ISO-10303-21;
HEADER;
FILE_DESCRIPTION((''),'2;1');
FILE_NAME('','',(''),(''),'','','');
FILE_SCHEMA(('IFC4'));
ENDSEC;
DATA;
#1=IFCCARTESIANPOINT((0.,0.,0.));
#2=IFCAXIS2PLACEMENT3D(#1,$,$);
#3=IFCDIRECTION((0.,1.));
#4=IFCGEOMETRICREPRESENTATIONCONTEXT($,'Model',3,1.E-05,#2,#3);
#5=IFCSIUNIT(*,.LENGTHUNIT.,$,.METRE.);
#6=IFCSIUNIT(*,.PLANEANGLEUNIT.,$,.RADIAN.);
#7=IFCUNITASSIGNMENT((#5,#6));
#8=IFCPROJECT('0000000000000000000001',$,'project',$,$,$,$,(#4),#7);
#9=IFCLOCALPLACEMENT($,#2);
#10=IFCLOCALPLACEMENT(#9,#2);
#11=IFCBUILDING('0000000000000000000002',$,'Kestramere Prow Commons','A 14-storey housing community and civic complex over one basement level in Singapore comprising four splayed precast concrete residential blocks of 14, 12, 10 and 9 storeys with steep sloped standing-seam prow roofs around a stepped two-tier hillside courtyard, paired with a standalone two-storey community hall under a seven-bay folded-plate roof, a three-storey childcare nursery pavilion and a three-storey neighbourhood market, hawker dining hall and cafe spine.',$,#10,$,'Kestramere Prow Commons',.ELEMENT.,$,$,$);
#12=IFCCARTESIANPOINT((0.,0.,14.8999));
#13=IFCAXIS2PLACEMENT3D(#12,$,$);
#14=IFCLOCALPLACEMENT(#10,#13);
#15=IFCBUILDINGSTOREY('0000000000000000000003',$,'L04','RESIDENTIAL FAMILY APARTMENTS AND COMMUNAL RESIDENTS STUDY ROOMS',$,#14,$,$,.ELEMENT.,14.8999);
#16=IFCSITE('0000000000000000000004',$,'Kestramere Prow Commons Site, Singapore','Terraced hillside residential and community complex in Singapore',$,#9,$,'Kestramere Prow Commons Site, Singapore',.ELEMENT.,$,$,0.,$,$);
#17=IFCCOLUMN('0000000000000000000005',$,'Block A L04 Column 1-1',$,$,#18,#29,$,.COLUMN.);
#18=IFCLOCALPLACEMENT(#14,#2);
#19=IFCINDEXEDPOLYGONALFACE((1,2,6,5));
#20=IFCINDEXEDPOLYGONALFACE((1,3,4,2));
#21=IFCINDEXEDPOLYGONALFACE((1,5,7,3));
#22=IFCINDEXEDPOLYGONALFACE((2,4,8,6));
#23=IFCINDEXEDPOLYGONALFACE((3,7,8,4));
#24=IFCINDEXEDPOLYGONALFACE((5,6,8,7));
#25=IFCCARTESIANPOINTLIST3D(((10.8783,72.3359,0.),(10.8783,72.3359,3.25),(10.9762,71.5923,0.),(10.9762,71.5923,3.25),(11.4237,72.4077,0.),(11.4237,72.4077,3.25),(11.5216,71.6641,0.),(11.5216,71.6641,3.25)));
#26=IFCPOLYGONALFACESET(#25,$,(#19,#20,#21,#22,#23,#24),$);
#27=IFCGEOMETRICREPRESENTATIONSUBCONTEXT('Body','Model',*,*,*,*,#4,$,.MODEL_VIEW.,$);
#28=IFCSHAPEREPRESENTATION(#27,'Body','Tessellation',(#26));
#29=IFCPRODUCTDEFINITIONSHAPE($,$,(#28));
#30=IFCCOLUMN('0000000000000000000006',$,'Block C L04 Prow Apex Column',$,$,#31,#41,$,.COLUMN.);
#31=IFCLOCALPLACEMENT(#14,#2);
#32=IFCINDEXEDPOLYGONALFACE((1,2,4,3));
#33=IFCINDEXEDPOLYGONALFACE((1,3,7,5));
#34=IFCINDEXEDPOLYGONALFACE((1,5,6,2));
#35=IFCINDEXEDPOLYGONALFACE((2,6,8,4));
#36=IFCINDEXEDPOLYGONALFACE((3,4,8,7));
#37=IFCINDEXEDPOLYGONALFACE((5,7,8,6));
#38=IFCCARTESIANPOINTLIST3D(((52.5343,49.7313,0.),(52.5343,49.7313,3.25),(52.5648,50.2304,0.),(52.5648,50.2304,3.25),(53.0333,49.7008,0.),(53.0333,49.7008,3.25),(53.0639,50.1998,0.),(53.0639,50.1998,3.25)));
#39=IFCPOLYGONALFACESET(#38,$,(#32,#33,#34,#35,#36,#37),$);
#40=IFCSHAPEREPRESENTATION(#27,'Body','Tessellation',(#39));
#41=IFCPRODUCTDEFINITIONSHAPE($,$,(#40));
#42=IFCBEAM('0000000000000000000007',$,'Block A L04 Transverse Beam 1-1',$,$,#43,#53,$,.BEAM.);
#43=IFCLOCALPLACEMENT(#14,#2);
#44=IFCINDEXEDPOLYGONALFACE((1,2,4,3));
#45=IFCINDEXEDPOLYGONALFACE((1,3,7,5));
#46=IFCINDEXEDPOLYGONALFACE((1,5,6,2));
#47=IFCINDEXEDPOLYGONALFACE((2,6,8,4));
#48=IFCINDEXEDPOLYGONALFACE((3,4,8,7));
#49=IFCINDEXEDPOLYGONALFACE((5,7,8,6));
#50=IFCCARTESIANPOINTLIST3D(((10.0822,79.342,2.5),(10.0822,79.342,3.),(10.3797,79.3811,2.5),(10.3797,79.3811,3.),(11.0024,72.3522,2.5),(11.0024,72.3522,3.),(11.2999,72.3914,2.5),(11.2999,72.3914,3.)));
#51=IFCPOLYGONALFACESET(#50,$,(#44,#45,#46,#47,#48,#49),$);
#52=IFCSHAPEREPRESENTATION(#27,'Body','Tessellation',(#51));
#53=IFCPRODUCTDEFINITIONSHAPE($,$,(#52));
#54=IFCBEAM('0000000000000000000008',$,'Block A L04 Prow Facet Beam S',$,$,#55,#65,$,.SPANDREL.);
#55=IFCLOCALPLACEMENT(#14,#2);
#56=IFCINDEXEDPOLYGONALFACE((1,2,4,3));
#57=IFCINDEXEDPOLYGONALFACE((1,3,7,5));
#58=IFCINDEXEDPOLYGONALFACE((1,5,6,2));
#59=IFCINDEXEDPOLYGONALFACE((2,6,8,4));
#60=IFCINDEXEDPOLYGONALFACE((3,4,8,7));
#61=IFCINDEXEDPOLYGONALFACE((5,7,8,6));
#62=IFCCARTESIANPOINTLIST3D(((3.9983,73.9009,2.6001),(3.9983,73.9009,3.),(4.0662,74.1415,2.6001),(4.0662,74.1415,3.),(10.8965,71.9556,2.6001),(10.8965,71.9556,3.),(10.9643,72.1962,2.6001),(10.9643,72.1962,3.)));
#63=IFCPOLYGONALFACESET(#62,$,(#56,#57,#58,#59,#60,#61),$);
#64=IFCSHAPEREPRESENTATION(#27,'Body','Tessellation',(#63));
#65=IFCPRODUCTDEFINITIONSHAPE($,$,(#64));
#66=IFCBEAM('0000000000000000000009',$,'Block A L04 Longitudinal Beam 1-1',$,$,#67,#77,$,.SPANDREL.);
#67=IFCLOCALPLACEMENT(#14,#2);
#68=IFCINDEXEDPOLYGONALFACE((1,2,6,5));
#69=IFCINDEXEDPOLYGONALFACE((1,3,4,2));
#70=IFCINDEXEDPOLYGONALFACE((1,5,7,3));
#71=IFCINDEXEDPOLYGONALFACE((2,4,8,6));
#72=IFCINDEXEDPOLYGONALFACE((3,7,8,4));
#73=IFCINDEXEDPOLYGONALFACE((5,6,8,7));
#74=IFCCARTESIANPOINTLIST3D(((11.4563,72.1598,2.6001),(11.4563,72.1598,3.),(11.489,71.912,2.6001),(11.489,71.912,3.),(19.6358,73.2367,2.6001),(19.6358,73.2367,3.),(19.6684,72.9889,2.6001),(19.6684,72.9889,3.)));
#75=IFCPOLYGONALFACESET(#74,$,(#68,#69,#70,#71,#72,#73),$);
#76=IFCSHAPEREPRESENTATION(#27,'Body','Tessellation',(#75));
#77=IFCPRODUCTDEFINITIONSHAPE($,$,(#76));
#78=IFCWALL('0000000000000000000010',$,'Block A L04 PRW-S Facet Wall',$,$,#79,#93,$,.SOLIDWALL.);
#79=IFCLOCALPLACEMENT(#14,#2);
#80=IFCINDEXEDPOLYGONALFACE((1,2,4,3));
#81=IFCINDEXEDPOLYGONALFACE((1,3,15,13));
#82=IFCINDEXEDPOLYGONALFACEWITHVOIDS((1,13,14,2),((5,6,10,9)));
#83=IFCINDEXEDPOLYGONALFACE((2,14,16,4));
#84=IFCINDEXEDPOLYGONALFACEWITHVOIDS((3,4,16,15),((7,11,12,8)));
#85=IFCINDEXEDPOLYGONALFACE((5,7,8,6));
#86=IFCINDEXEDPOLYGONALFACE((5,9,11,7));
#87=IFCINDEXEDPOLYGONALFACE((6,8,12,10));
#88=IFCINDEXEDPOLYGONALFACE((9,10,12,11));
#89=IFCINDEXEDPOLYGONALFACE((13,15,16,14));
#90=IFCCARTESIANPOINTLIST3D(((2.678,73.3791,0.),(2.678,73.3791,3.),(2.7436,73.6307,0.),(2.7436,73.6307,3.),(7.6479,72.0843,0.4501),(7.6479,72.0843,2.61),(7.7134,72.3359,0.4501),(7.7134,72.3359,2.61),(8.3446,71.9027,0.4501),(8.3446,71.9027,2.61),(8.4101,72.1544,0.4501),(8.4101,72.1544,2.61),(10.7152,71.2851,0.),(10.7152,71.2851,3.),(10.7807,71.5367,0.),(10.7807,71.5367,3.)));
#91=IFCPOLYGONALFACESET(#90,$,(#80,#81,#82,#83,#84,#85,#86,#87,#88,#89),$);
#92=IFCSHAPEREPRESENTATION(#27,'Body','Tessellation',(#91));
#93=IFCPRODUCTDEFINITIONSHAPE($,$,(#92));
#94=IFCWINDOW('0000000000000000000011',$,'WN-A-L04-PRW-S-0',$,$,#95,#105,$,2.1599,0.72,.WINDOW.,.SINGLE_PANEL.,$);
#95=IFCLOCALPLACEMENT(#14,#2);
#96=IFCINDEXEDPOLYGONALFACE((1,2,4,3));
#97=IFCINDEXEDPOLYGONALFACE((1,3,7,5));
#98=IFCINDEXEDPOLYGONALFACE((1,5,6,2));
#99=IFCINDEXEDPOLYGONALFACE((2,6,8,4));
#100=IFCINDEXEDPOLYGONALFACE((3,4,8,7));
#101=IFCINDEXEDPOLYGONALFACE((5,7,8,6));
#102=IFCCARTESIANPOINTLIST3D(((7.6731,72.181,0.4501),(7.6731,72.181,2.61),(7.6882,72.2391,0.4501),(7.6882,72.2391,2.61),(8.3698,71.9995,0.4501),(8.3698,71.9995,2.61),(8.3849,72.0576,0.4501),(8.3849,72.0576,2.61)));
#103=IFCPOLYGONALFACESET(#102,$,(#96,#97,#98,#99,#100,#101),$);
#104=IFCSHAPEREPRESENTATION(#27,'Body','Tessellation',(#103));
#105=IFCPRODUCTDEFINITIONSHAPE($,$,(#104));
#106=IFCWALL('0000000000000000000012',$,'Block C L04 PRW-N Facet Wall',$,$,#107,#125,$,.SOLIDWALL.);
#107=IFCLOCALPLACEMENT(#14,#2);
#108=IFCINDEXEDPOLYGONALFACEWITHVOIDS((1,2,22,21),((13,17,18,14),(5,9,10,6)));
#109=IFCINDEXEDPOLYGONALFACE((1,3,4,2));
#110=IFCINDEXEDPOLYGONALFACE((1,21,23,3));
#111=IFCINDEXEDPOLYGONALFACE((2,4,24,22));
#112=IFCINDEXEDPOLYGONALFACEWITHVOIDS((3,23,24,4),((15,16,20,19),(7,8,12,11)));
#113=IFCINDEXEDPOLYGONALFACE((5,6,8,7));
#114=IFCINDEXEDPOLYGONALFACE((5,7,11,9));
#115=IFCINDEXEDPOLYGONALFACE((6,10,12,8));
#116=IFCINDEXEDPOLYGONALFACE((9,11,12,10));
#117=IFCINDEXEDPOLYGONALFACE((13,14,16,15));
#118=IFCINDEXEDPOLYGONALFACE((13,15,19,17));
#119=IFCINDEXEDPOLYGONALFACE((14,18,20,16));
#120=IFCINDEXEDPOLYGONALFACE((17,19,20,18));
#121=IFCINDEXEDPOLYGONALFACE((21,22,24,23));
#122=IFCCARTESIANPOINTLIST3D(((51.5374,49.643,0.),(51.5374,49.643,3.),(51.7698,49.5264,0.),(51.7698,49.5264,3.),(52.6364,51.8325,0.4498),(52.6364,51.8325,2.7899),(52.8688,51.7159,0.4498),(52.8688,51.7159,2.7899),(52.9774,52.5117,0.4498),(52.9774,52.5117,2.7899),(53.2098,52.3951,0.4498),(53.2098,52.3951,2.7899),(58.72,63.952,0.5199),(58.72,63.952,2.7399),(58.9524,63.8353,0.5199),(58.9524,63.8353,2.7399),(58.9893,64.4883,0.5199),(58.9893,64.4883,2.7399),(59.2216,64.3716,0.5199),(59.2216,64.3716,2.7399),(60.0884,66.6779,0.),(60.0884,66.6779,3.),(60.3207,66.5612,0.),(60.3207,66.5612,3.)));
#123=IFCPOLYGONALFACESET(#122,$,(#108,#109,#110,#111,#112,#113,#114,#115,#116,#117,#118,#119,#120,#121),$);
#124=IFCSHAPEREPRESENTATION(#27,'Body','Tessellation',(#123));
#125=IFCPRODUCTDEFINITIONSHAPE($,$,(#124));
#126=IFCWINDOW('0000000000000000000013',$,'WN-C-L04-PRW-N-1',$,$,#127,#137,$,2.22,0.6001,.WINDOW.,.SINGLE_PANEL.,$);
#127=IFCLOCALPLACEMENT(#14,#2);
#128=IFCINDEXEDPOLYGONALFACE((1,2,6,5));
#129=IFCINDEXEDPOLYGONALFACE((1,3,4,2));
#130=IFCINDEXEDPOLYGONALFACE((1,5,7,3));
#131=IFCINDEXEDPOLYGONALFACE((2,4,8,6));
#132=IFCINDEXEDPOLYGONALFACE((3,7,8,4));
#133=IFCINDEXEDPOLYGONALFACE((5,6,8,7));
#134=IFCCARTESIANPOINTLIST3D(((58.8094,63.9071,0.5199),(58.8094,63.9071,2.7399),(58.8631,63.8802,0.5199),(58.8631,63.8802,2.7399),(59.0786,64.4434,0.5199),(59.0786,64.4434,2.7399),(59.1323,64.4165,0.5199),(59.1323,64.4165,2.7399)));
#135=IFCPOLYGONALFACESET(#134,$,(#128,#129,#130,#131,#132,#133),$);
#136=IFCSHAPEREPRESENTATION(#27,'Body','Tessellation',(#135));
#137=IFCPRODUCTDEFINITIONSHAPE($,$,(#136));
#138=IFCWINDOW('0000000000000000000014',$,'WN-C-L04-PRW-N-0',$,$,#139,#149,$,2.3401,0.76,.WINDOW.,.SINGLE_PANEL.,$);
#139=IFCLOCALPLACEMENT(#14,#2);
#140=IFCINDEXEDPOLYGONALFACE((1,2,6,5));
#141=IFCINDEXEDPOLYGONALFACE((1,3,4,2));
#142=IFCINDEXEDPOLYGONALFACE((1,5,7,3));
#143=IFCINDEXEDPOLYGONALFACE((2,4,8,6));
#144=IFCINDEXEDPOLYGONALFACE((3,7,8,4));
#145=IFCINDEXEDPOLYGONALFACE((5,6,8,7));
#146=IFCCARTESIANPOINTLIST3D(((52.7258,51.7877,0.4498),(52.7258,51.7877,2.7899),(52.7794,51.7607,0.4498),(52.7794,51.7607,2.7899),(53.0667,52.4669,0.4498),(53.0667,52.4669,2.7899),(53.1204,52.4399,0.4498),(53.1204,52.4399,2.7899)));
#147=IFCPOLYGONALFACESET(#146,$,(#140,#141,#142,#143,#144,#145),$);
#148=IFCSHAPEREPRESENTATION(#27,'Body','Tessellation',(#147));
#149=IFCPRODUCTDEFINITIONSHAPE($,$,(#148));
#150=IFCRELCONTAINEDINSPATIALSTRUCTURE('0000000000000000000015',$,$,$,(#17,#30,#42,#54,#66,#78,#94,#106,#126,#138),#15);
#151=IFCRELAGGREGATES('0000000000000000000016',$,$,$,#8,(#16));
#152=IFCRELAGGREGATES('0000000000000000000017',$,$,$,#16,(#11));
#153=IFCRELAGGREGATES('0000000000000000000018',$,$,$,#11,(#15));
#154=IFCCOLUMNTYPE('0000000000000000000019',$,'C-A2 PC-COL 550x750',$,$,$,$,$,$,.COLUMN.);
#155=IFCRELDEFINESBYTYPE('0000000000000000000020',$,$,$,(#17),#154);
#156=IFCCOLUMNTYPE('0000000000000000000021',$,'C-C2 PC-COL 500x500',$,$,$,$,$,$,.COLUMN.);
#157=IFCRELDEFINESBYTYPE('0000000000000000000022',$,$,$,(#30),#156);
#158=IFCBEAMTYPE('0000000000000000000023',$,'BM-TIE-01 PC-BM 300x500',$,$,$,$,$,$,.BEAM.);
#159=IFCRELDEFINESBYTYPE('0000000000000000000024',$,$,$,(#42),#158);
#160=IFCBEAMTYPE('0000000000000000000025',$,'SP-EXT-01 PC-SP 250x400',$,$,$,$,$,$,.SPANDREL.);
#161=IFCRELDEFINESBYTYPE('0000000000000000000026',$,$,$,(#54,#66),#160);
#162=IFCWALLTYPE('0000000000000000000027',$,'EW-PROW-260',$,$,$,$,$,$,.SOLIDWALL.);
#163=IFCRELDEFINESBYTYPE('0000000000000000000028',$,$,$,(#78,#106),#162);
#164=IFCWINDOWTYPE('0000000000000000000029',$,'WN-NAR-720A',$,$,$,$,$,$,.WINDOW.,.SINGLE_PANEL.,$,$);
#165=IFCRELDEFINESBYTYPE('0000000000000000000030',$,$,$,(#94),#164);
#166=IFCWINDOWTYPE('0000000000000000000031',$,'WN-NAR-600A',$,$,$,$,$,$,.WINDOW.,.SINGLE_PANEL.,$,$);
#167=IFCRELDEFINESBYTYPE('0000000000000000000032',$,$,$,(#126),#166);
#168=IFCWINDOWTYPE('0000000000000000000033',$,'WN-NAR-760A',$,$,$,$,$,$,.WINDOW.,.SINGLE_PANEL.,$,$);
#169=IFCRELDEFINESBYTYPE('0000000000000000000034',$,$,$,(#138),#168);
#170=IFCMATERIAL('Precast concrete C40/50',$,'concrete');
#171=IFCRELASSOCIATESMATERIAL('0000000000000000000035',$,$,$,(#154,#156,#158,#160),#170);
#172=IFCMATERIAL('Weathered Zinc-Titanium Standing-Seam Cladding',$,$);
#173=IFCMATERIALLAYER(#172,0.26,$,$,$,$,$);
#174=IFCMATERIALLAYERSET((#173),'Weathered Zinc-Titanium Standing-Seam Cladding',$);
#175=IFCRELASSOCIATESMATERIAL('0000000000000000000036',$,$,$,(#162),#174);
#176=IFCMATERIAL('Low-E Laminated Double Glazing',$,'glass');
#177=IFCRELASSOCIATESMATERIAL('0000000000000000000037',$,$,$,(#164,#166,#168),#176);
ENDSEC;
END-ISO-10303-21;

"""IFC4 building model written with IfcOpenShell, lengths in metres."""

from ifc_helpers import new_model, si_unit, direction, frame, frame_2d, origin, origin_2d, place, context, subcontext, project, spatial, rectangle, extrude, material, layer, layer_set, material_profile, profile_set, type_object, element, fill, save


model = new_model("IFC4")

# Units and contexts
model_context = context("Model", 3, precision=1e-05, world=origin(), true_north=direction((0.0, 1.0)))
body_context = subcontext(model_context, "Body", "Model", "MODEL_VIEW")
ifc_project = project(units=[si_unit("LENGTHUNIT", "METRE"), si_unit("PLANEANGLEUNIT", "RADIAN")], contexts=[model_context])

# Site, building, storey
site_placement = place(None, origin())
site = spatial("IfcSite", under=ifc_project, at=site_placement, Name="Kestramere Prow Commons Site, Singapore", Description="Terraced hillside residential and community complex in Singapore", LongName="Kestramere Prow Commons Site, Singapore", CompositionType="ELEMENT", RefElevation=0.0)
building_placement = place(site_placement, origin())
building = spatial("IfcBuilding", under=site, at=building_placement, Name="Kestramere Prow Commons", Description="A 14-storey housing community and civic complex over one basement level in Singapore comprising four splayed precast concrete residential blocks of 14, 12, 10 and 9 storeys with steep sloped standing-seam prow roofs around a stepped two-tier hillside courtyard, paired with a standalone two-storey community hall under a seven-bay folded-plate roof, a three-storey childcare nursery pavilion and a three-storey neighbourhood market, hawker dining hall and cafe spine.", LongName="Kestramere Prow Commons", CompositionType="ELEMENT")
storey_placement = place(building_placement, frame((0.0, 0.0, 14.8999)))
storey = spatial("IfcBuildingStorey", under=building, at=storey_placement, Name="L04", Description="RESIDENTIAL FAMILY APARTMENTS AND COMMUNAL RESIDENTS STUDY ROOMS", CompositionType="ELEMENT", Elevation=14.8999)

# Columns
ifc_material_1 = material(Name="Precast concrete C40/50", Category="concrete")
ifc_material_profile_1 = material_profile(ifc_material_1, rectangle(XDim=0.55, YDim=0.75, at=origin_2d()), Name="PC-COL 550x750")
ifc_profile_set_1 = profile_set([ifc_material_profile_1], Name="Precast concrete C40/50")
column_type_1 = type_object("IfcColumnType", Name="C-A2 PC-COL 550x750", PredefinedType="COLUMN", material=ifc_profile_set_1)
column_1_placement = place(storey_placement, frame((11.2, 72.0, 0.0), z_axis=(0.0, 0.0, 1.0), x_axis=(0.991445, 0.130526, 0.0)))
element("IfcColumn", 1, at=column_1_placement, inside=storey, type_object=column_type_1, Name="Block A L04 Column 1-1", PredefinedType="COLUMN", context=body_context, shape_type="SweptSolid", body=[
    extrude(rectangle(XDim=0.55, YDim=0.75, at=origin_2d()), origin(), (0.0, 0.0, 1.0), 3.25),
])
ifc_material_profile_2 = material_profile(ifc_material_1, rectangle(XDim=0.5, YDim=0.5, at=origin_2d()), Name="PC-COL 500x500")
ifc_profile_set_2 = profile_set([ifc_material_profile_2], Name="Precast concrete C40/50")
column_type_2 = type_object("IfcColumnType", Name="C-C2 PC-COL 500x500", PredefinedType="COLUMN", material=ifc_profile_set_2)
column_2_placement = place(storey_placement, frame((52.7991, 49.9656, 0.0), z_axis=(0.0, 0.0, 1.0), x_axis=(0.998135, -0.061049, 0.0)))
element("IfcColumn", 2, at=column_2_placement, inside=storey, type_object=column_type_2, Name="Block C L04 Prow Apex Column", PredefinedType="COLUMN", context=body_context, shape_type="SweptSolid", body=[
    extrude(rectangle(XDim=0.5, YDim=0.5, at=origin_2d()), origin(), (0.0, 0.0, 1.0), 3.25),
])

# Beams
ifc_material_profile_3 = material_profile(ifc_material_1, rectangle(XDim=0.3, YDim=0.5, at=origin_2d()), Name="PC-BM 300x500")
ifc_profile_set_3 = profile_set([ifc_material_profile_3], Name="Precast concrete C40/50")
beam_type_1 = type_object("IfcBeamType", Name="BM-TIE-01 PC-BM 300x500", PredefinedType="BEAM", material=ifc_profile_set_3)
beam_1_placement = place(storey_placement, frame((11.1511, 72.3718, 2.75), z_axis=(-0.130519, 0.991446, 0.0), x_axis=(-0.991446, -0.130519, 0.0)))
element("IfcBeam", 3, at=beam_1_placement, inside=storey, type_object=beam_type_1, Name="Block A L04 Transverse Beam 1-1", PredefinedType="BEAM", context=body_context, shape_type="SweptSolid", body=[
    extrude(rectangle(XDim=0.3, YDim=0.5, at=origin_2d()), origin(), (0.0, 0.0, 1.0), 7.05),
])
ifc_material_profile_4 = material_profile(ifc_material_1, rectangle(XDim=0.25, YDim=0.3999, at=origin_2d()), Name="PC-SP 250x400")
ifc_profile_set_4 = profile_set([ifc_material_profile_4], Name="Precast concrete C40/50")
beam_type_2 = type_object("IfcBeamType", Name="SP-EXT-01 PC-SP 250x400", PredefinedType="SPANDREL", material=ifc_profile_set_4)
beam_2_placement = place(storey_placement, frame((10.9304, 72.0759, 2.8), z_axis=(-0.962462, 0.271417, 0.0), x_axis=(-0.271417, -0.962462, 0.0)))
element("IfcBeam", 4, at=beam_2_placement, inside=storey, type_object=beam_type_2, Name="Block A L04 Prow Facet Beam S", PredefinedType="SPANDREL", context=body_context, shape_type="SweptSolid", body=[
    extrude(rectangle(XDim=0.25, YDim=0.3999, at=origin_2d()), origin(), (0.0, 0.0, 1.0), 7.1672),
])
beam_3_placement = place(storey_placement, frame((11.4727, 72.0359, 2.8), z_axis=(0.991444, 0.130533, 0.0), x_axis=(-0.130533, 0.991444, 0.0)))
element("IfcBeam", 5, at=beam_3_placement, inside=storey, type_object=beam_type_2, Name="Block A L04 Longitudinal Beam 1-1", PredefinedType="SPANDREL", context=body_context, shape_type="SweptSolid", body=[
    extrude(rectangle(XDim=0.25, YDim=0.3999, at=origin_2d()), origin(), (0.0, 0.0, 1.0), 8.25),
])

# Wall, opening, window
ifc_material_2 = material(Name="Weathered Zinc-Titanium Standing-Seam Cladding")
ifc_layer_1 = layer(ifc_material_2, 0.26)
ifc_layer_set_1 = layer_set([ifc_layer_1], Name="Weathered Zinc-Titanium Standing-Seam Cladding")
wall_type_1 = type_object("IfcWallType", Name="EW-PROW-260", PredefinedType="SOLIDWALL", material=ifc_layer_set_1)
wall_1_placement = place(storey_placement, frame((10.748, 71.4109, 0.0), z_axis=(0.0, 0.0, 1.0), x_axis=(-0.967695, 0.252124, 0.0)))
wall_1 = element("IfcWall", 6, at=wall_1_placement, inside=storey, type_object=wall_type_1, Name="Block A L04 PRW-S Facet Wall", PredefinedType="SOLIDWALL", context=body_context, shape_type="SweptSolid", body=[
    extrude(rectangle(XDim=8.3054, YDim=0.26, at=frame_2d((4.1528, 0.0))), origin(), (0.0, 0.0, 1.0), 3.0),
])
opening_1_placement = place(wall_1_placement, frame((2.45, 0.0, 0.45)))
opening_1 = element("IfcOpeningElement", 7, at=opening_1_placement, cuts=wall_1, PredefinedType="OPENING", context=body_context, shape_type="SweptSolid", body=[
    extrude(rectangle(XDim=0.72, YDim=2.1599, at=frame_2d((0.3599, 1.0801))), frame((0.0, 0.145, 0.0), z_axis=(0.0, -1.0, 0.0), x_axis=(1.0, 0.0, 0.0)), (0.0, 0.0, 1.0), 0.29),
])
ifc_material_3 = material(Name="Low-E Laminated Double Glazing", Category="glass")
window_type_1 = type_object("IfcWindowType", Name="WN-NAR-720A", PartitioningType="SINGLE_PANEL", PredefinedType="WINDOW", material=ifc_material_3)
window_1_placement = place(opening_1_placement, origin())
window_1 = element("IfcWindow", 8, at=window_1_placement, inside=storey, type_object=window_type_1, Name="WN-A-L04-PRW-S-0", OverallHeight=2.1599, OverallWidth=0.72, PartitioningType="SINGLE_PANEL", PredefinedType="WINDOW", context=body_context, shape_type="SweptSolid", body=[
    extrude(rectangle(XDim=0.72, YDim=2.1599, at=frame_2d((0.3599, 1.0801))), frame((0.0, 0.03, 0.0), z_axis=(0.0, -1.0, 0.0), x_axis=(1.0, 0.0, 0.0)), (0.0, 0.0, 1.0), 0.0601),
])
fill(opening_1, window_1)

# Wall, openings, windows
wall_2_placement = place(storey_placement, frame((51.6536, 49.5847, 0.0), z_axis=(0.0, 0.0, 1.0), x_axis=(0.448622, 0.893722, 0.0)))
wall_2 = element("IfcWall", 9, at=wall_2_placement, inside=storey, type_object=wall_type_1, Name="Block C L04 PRW-N Facet Wall", PredefinedType="SOLIDWALL", context=body_context, shape_type="SweptSolid", body=[
    extrude(rectangle(XDim=19.0605, YDim=0.26, at=frame_2d((9.5303, 0.0))), origin(), (0.0, 0.0, 1.0), 3.0),
])
opening_2_placement = place(wall_2_placement, frame((2.45, 0.0, 0.45)))
opening_2 = element("IfcOpeningElement", 10, at=opening_2_placement, cuts=wall_2, PredefinedType="OPENING", context=body_context, shape_type="SweptSolid", body=[
    extrude(rectangle(XDim=0.76, YDim=2.3401, at=frame_2d((0.3799, 1.1699))), frame((0.0, 0.145, 0.0), z_axis=(0.0, -1.0, 0.0), x_axis=(1.0, 0.0, 0.0)), (0.0, 0.0, 1.0), 0.29),
])
opening_3_placement = place(wall_2_placement, frame((16.0105, 0.0, 0.52)))
opening_3 = element("IfcOpeningElement", 11, at=opening_3_placement, cuts=wall_2, PredefinedType="OPENING", context=body_context, shape_type="SweptSolid", body=[
    extrude(rectangle(XDim=0.6001, YDim=2.22, at=frame_2d((0.3, 1.1099))), frame((0.0, 0.145, 0.0), z_axis=(0.0, -1.0, 0.0), x_axis=(1.0, 0.0, 0.0)), (0.0, 0.0, 1.0), 0.29),
])
window_type_2 = type_object("IfcWindowType", Name="WN-NAR-600A", PartitioningType="SINGLE_PANEL", PredefinedType="WINDOW", material=ifc_material_3)
window_2_placement = place(opening_3_placement, origin())
window_2 = element("IfcWindow", 12, at=window_2_placement, inside=storey, type_object=window_type_2, Name="WN-C-L04-PRW-N-1", OverallHeight=2.22, OverallWidth=0.6001, PartitioningType="SINGLE_PANEL", PredefinedType="WINDOW", context=body_context, shape_type="SweptSolid", body=[
    extrude(rectangle(XDim=0.6001, YDim=2.22, at=frame_2d((0.3, 1.1099))), frame((0.0, 0.03, 0.0), z_axis=(0.0, -1.0, 0.0), x_axis=(1.0, 0.0, 0.0)), (0.0, 0.0, 1.0), 0.0601),
])
fill(opening_3, window_2)
window_type_3 = type_object("IfcWindowType", Name="WN-NAR-760A", PartitioningType="SINGLE_PANEL", PredefinedType="WINDOW", material=ifc_material_3)
window_3_placement = place(opening_2_placement, origin())
window_3 = element("IfcWindow", 13, at=window_3_placement, inside=storey, type_object=window_type_3, Name="WN-C-L04-PRW-N-0", OverallHeight=2.3401, OverallWidth=0.76, PartitioningType="SINGLE_PANEL", PredefinedType="WINDOW", context=body_context, shape_type="SweptSolid", body=[
    extrude(rectangle(XDim=0.76, YDim=2.3401, at=frame_2d((0.3799, 1.1699))), frame((0.0, 0.03, 0.0), z_axis=(0.0, -1.0, 0.0), x_axis=(1.0, 0.0, 0.0)), (0.0, 0.0, 1.0), 0.0601),
])
fill(opening_2, window_3)

save(model, "model.ifc")
